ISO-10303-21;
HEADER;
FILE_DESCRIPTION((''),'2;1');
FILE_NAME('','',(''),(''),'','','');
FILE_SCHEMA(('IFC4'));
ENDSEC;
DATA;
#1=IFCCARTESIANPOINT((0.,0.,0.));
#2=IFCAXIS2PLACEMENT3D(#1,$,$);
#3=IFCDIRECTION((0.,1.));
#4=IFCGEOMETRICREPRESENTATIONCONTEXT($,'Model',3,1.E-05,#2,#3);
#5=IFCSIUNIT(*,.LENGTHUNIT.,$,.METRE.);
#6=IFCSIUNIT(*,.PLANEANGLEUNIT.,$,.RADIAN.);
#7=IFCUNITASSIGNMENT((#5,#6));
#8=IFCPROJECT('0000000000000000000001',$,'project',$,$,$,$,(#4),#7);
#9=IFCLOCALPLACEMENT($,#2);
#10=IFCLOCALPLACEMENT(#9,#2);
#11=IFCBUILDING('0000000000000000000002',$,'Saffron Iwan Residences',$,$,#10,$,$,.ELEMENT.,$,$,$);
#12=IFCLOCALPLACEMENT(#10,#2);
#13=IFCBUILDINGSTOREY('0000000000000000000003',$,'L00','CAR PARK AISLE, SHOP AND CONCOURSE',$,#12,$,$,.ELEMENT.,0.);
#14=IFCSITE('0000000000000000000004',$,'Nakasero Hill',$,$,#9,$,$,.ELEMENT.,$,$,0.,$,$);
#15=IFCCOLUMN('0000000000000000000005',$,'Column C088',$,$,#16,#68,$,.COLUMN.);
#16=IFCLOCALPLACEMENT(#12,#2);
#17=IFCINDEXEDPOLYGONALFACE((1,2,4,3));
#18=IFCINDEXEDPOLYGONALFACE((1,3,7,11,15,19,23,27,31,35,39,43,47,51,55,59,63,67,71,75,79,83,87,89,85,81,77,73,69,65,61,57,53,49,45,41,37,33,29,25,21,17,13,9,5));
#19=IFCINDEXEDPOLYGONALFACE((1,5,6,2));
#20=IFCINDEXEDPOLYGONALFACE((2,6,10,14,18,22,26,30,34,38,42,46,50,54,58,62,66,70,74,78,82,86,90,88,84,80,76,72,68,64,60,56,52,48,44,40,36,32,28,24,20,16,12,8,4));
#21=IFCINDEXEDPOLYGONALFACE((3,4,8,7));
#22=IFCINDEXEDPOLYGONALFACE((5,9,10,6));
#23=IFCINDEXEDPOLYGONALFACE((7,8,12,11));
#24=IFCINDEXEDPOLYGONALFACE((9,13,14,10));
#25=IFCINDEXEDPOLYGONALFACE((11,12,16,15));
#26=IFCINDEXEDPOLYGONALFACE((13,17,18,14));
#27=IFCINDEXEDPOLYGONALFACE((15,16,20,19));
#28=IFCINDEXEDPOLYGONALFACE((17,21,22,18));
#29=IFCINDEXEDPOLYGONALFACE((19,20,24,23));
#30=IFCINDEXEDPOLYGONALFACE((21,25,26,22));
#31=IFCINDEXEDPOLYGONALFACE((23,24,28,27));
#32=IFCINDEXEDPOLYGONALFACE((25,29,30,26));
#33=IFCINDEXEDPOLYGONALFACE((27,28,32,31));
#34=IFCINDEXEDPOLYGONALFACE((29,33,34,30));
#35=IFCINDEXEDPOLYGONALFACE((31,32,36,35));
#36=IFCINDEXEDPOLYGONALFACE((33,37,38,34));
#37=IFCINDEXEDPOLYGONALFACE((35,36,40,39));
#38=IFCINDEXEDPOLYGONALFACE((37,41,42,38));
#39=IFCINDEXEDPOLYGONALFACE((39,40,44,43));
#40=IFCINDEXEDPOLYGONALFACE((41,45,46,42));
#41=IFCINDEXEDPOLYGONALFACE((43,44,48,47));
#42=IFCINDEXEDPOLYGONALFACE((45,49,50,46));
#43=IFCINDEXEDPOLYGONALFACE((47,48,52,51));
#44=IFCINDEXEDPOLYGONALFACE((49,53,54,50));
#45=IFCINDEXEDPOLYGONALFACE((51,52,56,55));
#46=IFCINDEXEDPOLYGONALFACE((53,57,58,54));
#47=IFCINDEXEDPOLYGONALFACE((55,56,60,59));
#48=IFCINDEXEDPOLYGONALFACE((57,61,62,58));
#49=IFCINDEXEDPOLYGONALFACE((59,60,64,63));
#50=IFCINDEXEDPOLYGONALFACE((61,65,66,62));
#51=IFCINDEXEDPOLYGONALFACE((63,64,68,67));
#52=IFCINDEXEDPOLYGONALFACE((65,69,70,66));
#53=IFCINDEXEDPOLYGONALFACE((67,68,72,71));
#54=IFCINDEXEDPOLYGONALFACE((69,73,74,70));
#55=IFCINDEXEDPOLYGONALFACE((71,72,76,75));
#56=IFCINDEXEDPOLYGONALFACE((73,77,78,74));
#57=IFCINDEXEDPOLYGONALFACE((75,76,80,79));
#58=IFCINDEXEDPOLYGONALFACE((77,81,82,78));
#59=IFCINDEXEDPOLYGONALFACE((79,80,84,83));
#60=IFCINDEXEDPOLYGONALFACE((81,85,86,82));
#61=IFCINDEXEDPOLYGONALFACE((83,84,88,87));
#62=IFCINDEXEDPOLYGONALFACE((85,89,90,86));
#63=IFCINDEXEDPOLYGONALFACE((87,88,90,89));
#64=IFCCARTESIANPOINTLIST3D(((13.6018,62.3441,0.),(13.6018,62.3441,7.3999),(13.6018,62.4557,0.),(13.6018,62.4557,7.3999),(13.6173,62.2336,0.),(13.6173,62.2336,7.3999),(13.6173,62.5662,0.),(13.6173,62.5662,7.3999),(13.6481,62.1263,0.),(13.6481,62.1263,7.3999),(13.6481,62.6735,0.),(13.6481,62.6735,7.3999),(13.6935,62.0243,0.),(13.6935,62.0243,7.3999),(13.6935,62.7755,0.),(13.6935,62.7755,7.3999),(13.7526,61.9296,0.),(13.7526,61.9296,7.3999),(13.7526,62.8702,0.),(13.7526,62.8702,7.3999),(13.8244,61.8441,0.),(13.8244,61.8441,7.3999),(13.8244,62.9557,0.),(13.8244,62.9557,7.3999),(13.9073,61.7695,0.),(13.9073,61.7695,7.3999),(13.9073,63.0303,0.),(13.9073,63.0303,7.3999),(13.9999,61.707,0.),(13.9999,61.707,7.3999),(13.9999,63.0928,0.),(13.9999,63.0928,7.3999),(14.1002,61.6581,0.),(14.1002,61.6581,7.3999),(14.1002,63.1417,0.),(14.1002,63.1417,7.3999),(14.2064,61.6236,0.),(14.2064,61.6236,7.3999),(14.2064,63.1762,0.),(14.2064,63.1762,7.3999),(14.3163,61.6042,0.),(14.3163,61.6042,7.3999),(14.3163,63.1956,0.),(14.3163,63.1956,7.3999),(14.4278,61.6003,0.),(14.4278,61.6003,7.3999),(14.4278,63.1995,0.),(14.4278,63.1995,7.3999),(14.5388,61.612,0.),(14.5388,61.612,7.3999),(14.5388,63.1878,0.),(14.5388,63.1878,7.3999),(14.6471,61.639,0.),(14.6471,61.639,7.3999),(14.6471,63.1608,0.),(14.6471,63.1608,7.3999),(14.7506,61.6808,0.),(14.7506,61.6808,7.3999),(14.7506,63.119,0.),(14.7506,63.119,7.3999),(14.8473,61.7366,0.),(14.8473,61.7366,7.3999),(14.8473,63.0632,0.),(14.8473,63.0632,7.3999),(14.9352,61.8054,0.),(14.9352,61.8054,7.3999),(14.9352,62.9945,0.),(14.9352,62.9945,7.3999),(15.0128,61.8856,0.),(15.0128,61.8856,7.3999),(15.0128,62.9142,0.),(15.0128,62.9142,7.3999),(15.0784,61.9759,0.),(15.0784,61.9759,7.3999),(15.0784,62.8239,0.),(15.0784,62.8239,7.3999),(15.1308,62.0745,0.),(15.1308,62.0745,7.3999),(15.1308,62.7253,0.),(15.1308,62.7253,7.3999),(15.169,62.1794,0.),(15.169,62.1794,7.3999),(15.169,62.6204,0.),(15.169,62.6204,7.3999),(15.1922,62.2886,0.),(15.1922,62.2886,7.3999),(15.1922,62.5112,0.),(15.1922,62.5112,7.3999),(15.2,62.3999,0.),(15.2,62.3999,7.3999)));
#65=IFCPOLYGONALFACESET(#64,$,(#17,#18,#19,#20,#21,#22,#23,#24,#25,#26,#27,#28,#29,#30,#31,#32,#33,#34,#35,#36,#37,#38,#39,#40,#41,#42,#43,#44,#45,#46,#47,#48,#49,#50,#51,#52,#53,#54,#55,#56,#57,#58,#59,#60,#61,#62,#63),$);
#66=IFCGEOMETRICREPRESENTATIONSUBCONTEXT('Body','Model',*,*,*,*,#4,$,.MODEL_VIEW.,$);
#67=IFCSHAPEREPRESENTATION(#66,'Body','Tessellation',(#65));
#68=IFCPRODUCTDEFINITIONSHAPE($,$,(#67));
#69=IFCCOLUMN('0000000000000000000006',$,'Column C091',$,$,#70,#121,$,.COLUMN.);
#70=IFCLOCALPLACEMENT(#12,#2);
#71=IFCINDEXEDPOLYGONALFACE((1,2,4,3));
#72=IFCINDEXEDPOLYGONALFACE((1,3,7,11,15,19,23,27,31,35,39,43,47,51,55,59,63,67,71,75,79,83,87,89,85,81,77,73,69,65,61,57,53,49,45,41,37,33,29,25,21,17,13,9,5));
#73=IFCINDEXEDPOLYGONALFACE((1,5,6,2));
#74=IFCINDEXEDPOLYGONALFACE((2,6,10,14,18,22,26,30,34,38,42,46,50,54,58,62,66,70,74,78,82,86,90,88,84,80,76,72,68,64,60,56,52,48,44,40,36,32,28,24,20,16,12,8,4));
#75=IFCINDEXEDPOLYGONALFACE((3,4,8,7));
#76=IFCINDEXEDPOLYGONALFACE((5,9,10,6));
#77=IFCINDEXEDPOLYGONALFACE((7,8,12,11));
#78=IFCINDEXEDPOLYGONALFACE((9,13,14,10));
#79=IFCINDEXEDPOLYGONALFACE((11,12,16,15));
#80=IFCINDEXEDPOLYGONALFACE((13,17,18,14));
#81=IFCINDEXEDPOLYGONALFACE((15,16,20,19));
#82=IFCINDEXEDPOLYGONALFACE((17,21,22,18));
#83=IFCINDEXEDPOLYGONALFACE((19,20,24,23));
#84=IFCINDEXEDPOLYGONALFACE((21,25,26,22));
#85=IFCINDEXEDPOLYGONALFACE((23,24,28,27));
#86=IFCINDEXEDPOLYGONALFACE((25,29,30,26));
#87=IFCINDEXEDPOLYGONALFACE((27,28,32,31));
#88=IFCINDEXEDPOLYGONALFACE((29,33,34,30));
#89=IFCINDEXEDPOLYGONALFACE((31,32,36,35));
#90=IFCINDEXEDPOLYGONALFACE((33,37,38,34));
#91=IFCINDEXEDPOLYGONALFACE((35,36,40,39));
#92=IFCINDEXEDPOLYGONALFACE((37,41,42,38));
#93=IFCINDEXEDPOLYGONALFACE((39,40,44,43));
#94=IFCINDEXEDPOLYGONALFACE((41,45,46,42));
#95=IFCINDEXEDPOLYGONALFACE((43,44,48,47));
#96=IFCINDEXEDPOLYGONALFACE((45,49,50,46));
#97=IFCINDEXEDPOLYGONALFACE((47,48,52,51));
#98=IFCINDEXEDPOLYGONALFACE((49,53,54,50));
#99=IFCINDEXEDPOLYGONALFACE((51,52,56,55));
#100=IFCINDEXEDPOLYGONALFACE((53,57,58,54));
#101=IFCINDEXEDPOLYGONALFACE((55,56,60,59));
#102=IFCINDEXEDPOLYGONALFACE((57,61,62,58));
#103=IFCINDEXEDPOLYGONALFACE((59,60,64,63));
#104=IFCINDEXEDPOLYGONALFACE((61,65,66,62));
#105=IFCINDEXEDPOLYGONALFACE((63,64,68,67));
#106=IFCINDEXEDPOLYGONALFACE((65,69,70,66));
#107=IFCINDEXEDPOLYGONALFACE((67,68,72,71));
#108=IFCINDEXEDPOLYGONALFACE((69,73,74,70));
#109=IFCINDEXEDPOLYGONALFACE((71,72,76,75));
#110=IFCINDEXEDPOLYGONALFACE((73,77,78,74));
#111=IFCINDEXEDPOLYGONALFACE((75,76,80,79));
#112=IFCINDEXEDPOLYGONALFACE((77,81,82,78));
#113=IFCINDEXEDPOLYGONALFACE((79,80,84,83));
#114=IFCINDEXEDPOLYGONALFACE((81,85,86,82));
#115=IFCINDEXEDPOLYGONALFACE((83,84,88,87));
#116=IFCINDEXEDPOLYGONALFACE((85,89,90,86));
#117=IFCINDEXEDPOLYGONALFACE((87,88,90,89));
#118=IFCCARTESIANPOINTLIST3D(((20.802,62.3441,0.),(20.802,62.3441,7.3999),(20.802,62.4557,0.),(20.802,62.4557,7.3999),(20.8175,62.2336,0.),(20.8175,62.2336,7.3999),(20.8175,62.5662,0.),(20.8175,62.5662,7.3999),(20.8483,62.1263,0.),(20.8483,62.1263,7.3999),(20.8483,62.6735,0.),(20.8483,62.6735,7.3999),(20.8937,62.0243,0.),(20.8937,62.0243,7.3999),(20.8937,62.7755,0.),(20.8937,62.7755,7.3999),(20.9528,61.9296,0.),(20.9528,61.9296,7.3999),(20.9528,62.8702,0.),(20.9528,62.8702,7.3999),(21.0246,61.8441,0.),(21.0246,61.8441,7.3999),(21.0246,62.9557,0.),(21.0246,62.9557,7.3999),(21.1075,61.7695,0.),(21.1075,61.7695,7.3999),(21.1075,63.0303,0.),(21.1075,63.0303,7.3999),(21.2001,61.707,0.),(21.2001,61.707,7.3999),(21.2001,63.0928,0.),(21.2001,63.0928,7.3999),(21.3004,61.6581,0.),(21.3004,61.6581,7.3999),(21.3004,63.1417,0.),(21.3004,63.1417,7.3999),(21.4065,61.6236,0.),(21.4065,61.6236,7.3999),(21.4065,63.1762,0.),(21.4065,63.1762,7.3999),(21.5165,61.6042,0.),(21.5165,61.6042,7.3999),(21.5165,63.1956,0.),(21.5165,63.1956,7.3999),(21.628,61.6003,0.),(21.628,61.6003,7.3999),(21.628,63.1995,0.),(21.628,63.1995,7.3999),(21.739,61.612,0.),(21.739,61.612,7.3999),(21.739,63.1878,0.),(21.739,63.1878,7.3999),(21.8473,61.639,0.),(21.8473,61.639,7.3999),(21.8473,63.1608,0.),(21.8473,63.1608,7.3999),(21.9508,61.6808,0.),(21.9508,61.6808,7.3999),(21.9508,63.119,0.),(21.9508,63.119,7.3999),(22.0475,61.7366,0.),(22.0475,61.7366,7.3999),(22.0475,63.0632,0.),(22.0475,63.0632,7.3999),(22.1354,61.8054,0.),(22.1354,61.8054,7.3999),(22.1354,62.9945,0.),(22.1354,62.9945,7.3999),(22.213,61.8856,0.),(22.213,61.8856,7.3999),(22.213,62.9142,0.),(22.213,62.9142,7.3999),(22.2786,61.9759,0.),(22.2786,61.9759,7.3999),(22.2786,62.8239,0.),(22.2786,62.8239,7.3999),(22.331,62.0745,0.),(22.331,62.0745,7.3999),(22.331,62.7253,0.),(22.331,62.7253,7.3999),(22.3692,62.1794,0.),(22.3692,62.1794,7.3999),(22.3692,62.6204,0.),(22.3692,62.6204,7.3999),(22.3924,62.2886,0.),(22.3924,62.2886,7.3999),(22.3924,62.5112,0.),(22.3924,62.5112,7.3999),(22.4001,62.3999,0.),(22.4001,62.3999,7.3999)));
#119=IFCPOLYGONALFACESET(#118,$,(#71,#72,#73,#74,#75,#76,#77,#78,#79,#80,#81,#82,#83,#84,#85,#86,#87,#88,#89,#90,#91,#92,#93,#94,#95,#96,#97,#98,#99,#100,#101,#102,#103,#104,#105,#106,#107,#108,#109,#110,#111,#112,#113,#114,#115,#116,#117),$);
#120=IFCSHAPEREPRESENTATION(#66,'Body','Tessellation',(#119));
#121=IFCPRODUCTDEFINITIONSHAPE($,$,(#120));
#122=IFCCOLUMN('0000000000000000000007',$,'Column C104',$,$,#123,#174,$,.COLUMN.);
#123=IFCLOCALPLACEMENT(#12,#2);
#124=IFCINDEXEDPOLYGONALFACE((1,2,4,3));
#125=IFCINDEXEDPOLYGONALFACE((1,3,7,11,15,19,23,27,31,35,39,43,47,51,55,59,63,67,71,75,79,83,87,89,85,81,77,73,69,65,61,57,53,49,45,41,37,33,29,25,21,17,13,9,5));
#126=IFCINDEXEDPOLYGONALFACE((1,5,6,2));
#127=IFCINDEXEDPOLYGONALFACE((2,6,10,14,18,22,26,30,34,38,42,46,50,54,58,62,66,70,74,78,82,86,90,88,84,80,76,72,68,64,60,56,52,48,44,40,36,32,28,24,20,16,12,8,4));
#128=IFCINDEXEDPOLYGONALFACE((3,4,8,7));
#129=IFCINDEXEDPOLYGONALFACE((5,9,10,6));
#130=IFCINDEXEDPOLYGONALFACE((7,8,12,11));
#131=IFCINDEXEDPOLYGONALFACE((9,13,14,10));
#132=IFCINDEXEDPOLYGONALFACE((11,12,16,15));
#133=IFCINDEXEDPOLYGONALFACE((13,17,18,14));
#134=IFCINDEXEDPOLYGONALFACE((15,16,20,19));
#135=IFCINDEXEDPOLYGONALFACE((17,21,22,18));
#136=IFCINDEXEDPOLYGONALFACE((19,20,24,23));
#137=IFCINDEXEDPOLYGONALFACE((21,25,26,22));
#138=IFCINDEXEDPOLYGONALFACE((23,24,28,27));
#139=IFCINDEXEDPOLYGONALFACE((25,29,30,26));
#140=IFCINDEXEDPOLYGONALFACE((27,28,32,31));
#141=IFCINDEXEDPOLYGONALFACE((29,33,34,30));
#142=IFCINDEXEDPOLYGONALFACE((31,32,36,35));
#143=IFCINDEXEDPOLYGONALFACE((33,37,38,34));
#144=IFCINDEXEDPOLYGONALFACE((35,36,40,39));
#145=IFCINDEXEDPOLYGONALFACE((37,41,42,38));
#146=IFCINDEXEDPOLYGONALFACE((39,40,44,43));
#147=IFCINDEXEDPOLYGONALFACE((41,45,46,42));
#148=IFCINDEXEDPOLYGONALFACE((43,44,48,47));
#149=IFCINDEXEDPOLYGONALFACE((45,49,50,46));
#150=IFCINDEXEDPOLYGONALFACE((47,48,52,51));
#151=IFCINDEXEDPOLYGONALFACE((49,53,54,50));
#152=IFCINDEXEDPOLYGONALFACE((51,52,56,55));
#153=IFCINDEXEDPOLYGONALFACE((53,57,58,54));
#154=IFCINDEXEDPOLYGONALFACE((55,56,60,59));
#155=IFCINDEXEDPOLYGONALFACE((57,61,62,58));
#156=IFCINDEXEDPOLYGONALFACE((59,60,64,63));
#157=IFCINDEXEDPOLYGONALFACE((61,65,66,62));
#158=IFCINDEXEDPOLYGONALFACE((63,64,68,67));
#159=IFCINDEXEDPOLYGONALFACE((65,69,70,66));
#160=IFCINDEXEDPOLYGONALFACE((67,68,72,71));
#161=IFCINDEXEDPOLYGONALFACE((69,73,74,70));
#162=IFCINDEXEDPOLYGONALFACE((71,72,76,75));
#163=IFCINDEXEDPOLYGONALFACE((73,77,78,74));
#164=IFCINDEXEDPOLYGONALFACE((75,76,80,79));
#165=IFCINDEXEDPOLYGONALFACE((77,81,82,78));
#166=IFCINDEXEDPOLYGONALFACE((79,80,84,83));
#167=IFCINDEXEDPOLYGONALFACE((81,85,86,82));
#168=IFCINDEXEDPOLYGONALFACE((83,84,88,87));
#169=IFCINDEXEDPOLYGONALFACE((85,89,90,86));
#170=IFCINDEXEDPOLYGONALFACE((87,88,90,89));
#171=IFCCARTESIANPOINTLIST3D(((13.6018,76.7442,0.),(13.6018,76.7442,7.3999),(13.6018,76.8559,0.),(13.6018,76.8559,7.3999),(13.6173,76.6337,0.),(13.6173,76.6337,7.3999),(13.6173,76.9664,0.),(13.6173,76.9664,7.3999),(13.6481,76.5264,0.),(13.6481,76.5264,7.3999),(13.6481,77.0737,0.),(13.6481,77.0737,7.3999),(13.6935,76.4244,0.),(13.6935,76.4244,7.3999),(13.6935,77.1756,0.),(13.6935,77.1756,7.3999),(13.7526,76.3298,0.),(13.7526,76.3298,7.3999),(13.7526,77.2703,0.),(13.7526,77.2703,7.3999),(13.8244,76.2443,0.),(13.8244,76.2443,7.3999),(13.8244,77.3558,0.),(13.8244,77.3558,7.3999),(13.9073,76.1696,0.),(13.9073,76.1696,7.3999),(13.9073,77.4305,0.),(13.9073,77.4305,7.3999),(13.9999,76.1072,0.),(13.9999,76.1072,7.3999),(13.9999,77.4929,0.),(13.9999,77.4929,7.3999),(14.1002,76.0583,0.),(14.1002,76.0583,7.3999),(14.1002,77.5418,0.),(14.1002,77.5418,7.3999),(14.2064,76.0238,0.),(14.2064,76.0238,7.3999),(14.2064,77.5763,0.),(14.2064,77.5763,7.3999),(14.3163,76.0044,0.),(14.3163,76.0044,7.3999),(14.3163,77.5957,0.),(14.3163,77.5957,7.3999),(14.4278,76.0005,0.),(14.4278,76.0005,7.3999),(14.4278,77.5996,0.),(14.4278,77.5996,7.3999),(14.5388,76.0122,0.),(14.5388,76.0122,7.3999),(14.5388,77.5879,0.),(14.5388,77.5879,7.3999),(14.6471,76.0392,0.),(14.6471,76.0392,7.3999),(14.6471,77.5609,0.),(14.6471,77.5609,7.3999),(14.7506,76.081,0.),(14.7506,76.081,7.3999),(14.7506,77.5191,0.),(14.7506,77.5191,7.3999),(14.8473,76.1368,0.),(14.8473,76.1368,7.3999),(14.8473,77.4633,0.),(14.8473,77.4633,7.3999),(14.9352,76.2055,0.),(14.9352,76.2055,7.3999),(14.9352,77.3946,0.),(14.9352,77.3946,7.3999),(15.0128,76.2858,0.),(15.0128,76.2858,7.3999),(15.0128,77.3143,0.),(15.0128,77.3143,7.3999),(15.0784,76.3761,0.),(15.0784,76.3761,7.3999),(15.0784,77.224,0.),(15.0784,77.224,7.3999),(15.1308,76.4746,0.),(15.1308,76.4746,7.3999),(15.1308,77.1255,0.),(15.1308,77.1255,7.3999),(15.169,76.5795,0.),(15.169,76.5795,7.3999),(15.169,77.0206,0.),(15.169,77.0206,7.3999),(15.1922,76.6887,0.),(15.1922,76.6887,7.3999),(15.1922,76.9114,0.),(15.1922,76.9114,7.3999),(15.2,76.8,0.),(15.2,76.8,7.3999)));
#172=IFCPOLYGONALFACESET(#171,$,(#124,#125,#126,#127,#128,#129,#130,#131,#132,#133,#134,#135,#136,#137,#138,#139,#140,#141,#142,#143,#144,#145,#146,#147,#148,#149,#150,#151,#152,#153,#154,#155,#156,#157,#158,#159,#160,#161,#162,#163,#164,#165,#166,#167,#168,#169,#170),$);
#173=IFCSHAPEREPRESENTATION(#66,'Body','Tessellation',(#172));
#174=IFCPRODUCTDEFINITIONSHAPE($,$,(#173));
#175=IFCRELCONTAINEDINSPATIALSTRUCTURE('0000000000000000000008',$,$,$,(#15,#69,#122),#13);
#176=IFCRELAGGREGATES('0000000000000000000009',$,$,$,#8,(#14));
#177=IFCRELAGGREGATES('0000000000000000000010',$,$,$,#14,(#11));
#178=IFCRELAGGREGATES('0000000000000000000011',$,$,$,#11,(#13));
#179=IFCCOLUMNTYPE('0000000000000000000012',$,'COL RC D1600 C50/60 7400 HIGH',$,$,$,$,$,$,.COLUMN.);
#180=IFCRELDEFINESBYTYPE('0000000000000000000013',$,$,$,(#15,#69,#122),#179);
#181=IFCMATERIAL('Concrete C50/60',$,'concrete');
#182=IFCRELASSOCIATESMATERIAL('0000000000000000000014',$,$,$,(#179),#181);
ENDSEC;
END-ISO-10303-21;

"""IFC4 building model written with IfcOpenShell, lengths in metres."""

from ifc_helpers import new_model, si_unit, direction, frame, origin, origin_2d, place, context, subcontext, project, spatial, circle, extrude, source, transform, mapped, material, material_profile, profile_set, type_object, element, save


model = new_model("IFC4")

# Units and contexts
model_context = context("Model", 3, precision=1e-05, world=origin(), true_north=direction((0.0, 1.0)))
body_context = subcontext(model_context, "Body", "Model", "MODEL_VIEW")
ifc_project = project(units=[si_unit("LENGTHUNIT", "METRE"), si_unit("PLANEANGLEUNIT", "RADIAN")], contexts=[model_context])

# Site, building, storey
site_placement = place(None, origin())
site = spatial("IfcSite", under=ifc_project, at=site_placement, Name="Nakasero Hill", CompositionType="ELEMENT", RefElevation=0.0)
building_placement = place(site_placement, origin())
building = spatial("IfcBuilding", under=site, at=building_placement, Name="Saffron Iwan Residences", CompositionType="ELEMENT")
storey_placement = place(building_placement, origin())
storey = spatial("IfcBuildingStorey", under=building, at=storey_placement, Name="L00", Description="CAR PARK AISLE, SHOP AND CONCOURSE", CompositionType="ELEMENT", Elevation=0.0)

# Columns
ifc_material_1 = material(Name="Concrete C50/60", Category="concrete")
ifc_material_profile_1 = material_profile(ifc_material_1, circle(Radius=0.8, at=origin_2d()), Name="RC D1600")
ifc_profile_set_1 = profile_set([ifc_material_profile_1], Name="Concrete C50/60")
column_type = type_object("IfcColumnType", Name="COL RC D1600 C50/60 7400 HIGH", PredefinedType="COLUMN", material=ifc_profile_set_1)
shared_shape_1 = source(origin(), body_context, "Body", "SweptSolid", [
    extrude(circle(Radius=0.8, at=origin_2d()), origin(), (0.0, 0.0, 1.0), 7.3999),
])
for number, where, z_axis, x_axis, name in (
    (1, (14.3999, 62.3999, 0.0), (0.0, 0.0, 1.0), (1.0, 0.0, 0.0), "Column C088"),
    (2, (21.6001, 62.3999, 0.0), (0.0, 0.0, 1.0), (1.0, 0.0, 0.0), "Column C091"),
    (3, (14.3999, 76.8, 0.0), (0.0, 0.0, 1.0), (1.0, 0.0, 0.0), "Column C104"),
):
    element("IfcColumn", number, at=place(storey_placement, frame(where, z_axis=z_axis, x_axis=x_axis)), inside=storey, type_object=column_type, Name=name, PredefinedType="COLUMN", context=body_context, shape_type="MappedRepresentation", body=[
        mapped(shared_shape_1, transform((0.0, 0.0, 0.0))),
    ])

save(model, "model.ifc")
